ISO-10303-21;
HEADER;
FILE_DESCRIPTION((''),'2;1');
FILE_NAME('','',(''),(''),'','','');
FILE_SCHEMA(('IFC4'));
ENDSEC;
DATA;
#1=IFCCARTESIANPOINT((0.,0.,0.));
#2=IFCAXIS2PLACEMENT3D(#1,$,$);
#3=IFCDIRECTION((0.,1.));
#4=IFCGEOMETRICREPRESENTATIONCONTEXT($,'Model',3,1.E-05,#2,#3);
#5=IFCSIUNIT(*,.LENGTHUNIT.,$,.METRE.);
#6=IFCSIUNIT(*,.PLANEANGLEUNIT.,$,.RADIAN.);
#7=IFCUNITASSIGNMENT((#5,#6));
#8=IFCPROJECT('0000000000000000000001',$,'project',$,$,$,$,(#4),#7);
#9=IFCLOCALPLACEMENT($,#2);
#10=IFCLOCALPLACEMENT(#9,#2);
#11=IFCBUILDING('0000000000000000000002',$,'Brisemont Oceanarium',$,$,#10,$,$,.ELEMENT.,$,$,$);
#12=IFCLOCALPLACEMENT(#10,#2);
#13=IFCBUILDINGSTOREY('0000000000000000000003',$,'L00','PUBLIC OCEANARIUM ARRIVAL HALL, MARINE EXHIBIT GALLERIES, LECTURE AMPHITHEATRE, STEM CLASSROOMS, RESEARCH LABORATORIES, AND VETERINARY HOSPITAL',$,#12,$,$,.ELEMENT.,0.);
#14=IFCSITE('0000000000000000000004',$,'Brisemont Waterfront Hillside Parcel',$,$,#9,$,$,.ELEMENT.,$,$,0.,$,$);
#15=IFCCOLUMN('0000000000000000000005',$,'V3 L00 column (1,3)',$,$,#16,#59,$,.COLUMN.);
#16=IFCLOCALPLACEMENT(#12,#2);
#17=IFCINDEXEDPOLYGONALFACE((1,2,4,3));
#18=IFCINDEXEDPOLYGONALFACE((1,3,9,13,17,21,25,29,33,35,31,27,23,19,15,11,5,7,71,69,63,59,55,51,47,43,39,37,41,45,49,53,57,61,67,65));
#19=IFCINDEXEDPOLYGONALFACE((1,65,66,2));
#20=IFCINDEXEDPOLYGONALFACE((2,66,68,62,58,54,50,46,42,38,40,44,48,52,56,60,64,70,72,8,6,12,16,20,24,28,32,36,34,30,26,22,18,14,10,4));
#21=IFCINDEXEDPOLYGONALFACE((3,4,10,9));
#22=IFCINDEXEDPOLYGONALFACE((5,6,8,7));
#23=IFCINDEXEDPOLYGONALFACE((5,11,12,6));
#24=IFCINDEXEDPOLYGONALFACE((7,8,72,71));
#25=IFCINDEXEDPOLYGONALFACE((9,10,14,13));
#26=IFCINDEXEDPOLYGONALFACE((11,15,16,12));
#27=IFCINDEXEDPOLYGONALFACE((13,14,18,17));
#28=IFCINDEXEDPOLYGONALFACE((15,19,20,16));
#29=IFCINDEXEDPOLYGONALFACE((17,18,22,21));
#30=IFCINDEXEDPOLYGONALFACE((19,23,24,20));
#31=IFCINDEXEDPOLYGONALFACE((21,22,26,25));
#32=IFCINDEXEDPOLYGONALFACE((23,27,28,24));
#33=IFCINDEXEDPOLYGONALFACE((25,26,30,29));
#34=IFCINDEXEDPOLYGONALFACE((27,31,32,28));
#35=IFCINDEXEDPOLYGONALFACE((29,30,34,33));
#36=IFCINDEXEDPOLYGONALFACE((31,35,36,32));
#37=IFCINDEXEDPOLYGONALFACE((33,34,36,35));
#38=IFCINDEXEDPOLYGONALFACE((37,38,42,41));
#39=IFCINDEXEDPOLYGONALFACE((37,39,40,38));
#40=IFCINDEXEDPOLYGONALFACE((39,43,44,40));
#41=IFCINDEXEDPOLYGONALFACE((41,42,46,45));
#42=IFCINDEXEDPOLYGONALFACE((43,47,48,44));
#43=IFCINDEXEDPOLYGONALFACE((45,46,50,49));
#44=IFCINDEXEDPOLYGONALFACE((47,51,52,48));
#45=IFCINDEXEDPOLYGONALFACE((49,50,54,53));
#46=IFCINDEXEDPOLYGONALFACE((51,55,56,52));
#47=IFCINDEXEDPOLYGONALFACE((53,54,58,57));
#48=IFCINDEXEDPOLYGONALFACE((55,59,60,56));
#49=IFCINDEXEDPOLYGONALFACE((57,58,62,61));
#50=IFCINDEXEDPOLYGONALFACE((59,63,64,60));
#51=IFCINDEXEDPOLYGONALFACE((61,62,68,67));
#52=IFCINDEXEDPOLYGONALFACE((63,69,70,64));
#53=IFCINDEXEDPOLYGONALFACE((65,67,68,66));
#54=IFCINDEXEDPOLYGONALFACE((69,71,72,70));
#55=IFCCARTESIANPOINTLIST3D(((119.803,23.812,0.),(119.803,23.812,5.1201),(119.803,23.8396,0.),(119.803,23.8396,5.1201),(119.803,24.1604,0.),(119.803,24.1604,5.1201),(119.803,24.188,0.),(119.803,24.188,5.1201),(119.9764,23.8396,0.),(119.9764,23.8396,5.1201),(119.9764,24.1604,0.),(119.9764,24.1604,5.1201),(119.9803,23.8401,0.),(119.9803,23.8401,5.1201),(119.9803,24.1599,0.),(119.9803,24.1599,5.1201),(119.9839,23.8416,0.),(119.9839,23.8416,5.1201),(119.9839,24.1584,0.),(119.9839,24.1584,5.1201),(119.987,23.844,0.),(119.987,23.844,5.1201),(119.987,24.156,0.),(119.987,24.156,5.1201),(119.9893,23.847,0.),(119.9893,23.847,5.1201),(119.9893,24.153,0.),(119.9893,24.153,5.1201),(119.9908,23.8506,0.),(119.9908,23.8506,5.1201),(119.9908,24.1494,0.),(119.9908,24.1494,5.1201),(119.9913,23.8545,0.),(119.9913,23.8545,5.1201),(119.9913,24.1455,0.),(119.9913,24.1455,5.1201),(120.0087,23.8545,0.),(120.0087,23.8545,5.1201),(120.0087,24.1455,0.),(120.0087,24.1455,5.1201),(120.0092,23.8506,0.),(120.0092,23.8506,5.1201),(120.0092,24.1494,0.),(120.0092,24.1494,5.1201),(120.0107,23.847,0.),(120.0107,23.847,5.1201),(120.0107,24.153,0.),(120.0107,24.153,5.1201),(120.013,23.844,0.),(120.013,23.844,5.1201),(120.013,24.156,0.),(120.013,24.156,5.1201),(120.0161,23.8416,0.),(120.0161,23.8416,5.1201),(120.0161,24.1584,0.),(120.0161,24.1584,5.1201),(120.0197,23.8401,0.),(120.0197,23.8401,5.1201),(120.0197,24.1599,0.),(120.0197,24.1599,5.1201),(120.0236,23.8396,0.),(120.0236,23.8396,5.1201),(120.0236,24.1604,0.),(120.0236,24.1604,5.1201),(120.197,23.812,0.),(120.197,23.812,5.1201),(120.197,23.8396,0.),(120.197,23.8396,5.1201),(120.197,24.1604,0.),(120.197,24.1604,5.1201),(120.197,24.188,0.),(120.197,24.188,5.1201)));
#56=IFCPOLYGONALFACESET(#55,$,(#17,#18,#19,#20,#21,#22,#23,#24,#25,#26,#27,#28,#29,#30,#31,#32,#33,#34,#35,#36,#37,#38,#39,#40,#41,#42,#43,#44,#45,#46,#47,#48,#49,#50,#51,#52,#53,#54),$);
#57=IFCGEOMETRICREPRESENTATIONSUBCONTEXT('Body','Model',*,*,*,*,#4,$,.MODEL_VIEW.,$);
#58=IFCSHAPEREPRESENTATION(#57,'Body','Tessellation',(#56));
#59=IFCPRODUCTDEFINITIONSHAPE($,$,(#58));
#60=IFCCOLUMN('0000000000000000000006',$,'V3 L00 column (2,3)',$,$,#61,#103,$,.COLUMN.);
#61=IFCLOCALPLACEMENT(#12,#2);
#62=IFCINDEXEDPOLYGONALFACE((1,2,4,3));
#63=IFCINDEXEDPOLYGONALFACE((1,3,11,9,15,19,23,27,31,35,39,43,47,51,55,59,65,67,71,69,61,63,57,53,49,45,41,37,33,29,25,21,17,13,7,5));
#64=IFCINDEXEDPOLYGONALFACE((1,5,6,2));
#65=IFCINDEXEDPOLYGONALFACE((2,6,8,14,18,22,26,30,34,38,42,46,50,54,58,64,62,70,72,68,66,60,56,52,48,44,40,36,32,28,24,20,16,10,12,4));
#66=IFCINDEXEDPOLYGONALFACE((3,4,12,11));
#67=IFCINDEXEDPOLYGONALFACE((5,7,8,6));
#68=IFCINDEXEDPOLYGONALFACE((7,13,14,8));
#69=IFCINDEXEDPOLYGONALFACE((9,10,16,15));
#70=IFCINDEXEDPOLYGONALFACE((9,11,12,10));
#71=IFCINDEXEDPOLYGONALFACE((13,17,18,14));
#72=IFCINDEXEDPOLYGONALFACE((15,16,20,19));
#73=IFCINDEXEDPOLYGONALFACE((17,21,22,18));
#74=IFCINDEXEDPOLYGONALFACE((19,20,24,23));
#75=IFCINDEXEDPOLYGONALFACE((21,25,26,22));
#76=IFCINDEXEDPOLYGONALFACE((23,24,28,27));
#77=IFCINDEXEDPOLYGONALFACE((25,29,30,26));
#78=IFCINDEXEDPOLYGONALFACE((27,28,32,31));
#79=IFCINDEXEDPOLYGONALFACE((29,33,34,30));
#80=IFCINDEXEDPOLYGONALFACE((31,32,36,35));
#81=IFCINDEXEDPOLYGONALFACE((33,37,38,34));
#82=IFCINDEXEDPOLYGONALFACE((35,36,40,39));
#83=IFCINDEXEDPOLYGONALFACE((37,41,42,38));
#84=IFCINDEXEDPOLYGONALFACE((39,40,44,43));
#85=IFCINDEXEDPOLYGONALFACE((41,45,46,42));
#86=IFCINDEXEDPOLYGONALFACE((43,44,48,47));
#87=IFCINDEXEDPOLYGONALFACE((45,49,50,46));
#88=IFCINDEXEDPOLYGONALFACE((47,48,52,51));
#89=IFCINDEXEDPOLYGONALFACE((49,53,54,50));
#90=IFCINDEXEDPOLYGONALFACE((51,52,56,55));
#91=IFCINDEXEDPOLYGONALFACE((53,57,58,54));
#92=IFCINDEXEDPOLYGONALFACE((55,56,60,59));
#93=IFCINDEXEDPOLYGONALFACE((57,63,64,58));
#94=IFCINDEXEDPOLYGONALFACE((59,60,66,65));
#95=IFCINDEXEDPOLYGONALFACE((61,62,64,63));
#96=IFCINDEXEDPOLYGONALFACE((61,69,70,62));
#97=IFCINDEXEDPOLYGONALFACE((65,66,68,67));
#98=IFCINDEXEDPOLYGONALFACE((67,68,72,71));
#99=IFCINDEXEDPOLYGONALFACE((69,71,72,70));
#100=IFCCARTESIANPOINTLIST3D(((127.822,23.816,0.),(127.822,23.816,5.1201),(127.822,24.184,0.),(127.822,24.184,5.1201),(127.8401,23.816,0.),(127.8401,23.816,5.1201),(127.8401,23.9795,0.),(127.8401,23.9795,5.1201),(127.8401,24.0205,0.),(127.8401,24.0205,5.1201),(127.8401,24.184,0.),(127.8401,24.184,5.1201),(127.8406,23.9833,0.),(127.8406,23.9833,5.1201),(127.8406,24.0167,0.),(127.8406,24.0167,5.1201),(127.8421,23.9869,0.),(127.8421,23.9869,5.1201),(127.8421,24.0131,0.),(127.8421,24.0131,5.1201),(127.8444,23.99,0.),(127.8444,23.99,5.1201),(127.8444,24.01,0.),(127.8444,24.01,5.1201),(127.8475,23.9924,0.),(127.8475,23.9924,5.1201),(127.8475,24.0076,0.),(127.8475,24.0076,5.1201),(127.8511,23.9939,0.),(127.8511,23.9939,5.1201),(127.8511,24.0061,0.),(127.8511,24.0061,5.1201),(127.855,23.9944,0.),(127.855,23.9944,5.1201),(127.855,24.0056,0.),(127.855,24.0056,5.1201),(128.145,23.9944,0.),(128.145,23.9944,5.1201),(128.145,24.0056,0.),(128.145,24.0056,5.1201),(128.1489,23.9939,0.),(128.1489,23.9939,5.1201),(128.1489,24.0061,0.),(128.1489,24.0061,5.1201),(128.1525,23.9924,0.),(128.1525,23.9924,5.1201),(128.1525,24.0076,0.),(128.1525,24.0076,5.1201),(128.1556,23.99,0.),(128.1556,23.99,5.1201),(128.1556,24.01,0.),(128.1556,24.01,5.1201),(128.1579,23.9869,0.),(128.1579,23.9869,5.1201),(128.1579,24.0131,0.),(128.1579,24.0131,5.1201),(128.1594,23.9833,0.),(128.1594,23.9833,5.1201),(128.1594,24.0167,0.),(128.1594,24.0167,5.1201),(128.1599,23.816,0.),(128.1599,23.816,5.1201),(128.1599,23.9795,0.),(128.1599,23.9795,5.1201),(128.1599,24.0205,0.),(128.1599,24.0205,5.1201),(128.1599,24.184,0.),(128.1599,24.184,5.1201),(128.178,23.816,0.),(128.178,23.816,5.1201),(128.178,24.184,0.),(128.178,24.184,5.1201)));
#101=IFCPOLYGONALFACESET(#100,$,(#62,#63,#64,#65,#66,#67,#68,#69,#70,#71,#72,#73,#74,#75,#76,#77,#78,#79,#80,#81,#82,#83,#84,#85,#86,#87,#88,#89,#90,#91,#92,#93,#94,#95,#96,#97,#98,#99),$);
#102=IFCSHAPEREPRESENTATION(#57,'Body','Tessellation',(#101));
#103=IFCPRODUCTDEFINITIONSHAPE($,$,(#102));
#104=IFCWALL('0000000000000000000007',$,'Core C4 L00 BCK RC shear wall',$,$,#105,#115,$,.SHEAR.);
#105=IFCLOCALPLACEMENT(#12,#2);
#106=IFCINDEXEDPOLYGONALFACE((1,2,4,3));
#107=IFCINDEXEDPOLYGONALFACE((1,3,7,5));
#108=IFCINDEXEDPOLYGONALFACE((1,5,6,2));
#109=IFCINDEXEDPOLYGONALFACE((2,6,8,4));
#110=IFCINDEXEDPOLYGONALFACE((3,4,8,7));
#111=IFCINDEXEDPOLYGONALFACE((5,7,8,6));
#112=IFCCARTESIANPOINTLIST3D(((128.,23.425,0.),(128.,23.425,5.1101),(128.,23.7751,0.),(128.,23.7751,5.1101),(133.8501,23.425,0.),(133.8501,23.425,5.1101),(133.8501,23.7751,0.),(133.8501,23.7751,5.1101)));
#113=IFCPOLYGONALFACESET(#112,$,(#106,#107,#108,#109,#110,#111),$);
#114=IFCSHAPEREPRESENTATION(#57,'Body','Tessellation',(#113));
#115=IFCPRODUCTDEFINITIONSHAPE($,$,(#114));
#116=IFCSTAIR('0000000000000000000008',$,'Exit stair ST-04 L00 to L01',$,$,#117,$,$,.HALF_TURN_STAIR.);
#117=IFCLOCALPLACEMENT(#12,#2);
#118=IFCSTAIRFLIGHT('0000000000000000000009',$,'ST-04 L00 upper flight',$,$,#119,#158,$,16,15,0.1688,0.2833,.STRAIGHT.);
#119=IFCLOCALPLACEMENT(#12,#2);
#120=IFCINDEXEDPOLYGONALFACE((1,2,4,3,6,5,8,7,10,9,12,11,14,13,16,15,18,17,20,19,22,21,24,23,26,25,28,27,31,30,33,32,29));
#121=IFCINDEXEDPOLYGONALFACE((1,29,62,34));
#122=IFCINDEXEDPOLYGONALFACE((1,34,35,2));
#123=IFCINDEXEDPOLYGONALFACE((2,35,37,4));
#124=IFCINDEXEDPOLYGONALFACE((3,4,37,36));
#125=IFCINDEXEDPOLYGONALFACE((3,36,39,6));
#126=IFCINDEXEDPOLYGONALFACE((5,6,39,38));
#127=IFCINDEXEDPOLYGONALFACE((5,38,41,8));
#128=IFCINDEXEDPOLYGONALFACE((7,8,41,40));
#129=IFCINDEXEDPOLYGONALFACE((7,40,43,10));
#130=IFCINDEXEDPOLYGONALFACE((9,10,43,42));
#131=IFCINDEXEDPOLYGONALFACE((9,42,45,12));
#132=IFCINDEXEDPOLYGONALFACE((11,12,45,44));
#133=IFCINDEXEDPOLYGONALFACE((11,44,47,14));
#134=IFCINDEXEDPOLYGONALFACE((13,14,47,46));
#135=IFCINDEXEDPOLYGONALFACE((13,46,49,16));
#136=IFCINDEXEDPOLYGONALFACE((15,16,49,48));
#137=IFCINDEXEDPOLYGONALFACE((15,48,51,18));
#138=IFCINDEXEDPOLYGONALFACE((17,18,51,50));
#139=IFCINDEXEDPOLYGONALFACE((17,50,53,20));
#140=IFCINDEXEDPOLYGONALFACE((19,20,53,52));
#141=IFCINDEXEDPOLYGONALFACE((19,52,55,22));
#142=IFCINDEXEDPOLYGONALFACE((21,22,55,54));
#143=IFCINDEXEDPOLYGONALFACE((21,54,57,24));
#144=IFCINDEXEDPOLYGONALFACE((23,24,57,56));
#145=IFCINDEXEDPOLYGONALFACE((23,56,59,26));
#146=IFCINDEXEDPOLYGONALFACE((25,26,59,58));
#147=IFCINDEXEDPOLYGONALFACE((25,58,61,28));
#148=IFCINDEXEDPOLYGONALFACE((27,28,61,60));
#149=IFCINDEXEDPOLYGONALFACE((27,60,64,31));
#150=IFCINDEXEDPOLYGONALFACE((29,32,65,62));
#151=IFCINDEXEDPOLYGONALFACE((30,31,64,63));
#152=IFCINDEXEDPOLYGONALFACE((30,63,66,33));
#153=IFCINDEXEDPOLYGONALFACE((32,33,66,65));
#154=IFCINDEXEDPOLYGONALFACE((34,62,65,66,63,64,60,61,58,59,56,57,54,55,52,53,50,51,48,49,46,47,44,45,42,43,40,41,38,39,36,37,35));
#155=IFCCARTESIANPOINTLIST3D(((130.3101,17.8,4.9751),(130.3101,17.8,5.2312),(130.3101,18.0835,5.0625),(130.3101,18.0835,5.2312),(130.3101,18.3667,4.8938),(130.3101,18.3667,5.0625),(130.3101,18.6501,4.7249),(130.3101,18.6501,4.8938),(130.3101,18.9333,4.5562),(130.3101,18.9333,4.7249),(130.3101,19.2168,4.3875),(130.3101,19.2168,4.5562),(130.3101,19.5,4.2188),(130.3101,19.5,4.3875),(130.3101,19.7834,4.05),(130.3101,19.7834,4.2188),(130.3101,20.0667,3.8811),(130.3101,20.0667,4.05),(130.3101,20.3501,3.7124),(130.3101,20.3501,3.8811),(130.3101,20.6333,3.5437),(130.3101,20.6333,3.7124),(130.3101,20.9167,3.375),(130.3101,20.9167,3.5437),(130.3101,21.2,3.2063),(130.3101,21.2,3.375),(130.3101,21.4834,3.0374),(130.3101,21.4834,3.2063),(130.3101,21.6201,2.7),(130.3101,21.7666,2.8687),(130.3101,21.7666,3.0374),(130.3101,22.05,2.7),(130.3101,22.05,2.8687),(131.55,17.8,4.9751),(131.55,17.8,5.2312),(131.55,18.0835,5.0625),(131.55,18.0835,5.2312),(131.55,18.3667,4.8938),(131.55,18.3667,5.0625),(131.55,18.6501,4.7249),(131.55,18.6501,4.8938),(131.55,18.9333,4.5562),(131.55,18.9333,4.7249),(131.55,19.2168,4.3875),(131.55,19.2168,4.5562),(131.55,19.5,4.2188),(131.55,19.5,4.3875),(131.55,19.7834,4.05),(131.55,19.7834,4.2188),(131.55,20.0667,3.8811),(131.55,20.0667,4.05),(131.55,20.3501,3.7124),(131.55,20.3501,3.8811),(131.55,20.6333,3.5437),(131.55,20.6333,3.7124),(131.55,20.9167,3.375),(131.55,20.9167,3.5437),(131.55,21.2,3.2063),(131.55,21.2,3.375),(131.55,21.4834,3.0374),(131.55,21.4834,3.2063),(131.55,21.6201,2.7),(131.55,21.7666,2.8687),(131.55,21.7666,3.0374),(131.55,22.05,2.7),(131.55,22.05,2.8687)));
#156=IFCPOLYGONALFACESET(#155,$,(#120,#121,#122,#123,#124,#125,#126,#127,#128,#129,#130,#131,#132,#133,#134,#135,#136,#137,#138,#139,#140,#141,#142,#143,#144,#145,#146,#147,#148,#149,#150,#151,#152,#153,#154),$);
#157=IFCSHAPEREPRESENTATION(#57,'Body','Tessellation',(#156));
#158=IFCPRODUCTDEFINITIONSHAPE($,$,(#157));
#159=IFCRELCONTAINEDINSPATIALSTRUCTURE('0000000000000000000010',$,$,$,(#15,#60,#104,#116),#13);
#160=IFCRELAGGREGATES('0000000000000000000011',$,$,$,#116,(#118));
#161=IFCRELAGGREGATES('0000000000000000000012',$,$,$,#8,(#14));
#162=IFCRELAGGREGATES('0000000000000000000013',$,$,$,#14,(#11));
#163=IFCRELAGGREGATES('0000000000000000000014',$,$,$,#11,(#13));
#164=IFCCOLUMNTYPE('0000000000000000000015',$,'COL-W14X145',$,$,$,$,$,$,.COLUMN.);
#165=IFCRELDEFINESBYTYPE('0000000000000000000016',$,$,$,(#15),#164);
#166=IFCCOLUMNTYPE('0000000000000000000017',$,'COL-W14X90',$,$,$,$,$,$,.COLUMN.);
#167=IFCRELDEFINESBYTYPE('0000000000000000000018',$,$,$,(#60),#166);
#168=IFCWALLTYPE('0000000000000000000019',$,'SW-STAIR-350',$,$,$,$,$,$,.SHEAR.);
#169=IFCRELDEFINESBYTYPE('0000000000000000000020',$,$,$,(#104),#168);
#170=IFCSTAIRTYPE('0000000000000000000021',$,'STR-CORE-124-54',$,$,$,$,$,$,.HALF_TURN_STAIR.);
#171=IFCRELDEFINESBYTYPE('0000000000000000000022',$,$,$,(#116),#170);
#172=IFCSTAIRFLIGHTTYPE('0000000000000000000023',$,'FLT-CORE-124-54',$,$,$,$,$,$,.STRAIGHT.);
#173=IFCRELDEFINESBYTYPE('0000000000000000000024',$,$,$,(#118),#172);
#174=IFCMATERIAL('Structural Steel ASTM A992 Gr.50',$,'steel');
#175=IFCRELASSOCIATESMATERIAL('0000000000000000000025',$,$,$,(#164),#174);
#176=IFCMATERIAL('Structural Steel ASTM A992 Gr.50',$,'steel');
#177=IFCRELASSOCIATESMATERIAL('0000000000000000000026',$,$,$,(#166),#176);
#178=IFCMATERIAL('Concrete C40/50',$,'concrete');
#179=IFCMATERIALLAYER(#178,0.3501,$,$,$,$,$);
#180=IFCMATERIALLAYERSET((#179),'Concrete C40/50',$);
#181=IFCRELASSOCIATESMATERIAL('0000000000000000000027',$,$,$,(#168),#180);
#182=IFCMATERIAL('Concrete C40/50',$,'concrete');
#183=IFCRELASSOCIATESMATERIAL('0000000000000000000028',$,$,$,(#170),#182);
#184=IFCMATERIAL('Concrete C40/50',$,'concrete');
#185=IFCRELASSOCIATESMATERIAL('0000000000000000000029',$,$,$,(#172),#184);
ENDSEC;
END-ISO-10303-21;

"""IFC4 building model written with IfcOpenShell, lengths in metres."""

from ifc_helpers import new_model, si_unit, direction, frame, frame_2d, origin, origin_2d, place, context, subcontext, project, spatial, polyline, rectangle, i_section, outline, extrude, material, layer, layer_set, material_profile, profile_set, type_object, element, aggregate, save


model = new_model("IFC4")

# Units and contexts
model_context = context("Model", 3, precision=1e-05, world=origin(), true_north=direction((0.0, 1.0)))
body_context = subcontext(model_context, "Body", "Model", "MODEL_VIEW")
ifc_project = project(units=[si_unit("LENGTHUNIT", "METRE"), si_unit("PLANEANGLEUNIT", "RADIAN")], contexts=[model_context])

# Site, building, storey
site_placement = place(None, origin())
site = spatial("IfcSite", under=ifc_project, at=site_placement, Name="Brisemont Waterfront Hillside Parcel", CompositionType="ELEMENT", RefElevation=0.0)
building_placement = place(site_placement, origin())
building = spatial("IfcBuilding", under=site, at=building_placement, Name="Brisemont Oceanarium", CompositionType="ELEMENT")
storey_placement = place(building_placement, origin())
storey = spatial("IfcBuildingStorey", under=building, at=storey_placement, Name="L00", Description="PUBLIC OCEANARIUM ARRIVAL HALL, MARINE EXHIBIT GALLERIES, LECTURE AMPHITHEATRE, STEM CLASSROOMS, RESEARCH LABORATORIES, AND VETERINARY HOSPITAL", CompositionType="ELEMENT", Elevation=0.0)

# Columns
ifc_material_1 = material(Name="Structural Steel ASTM A992 Gr.50", Category="steel")
ifc_material_profile_1 = material_profile(ifc_material_1, i_section(OverallWidth=0.394, OverallDepth=0.376, WebThickness=0.0173, FlangeThickness=0.0276, FilletRadius=0.0149, at=origin_2d()), Name="W14X145")
ifc_profile_set_1 = profile_set([ifc_material_profile_1], Name="Structural Steel ASTM A992 Gr.50")
column_type_1 = type_object("IfcColumnType", Name="COL-W14X145", PredefinedType="COLUMN", material=ifc_profile_set_1)
column_1_placement = place(storey_placement, frame((120.0, 24.0, 0.0), z_axis=(0.0, 0.0, 1.0), x_axis=(1.0, 0.0, 0.0)))
element("IfcColumn", 1, at=column_1_placement, inside=storey, type_object=column_type_1, Name="V3 L00 column (1,3)", PredefinedType="COLUMN", context=body_context, shape_type="SweptSolid", body=[
    extrude(i_section(OverallWidth=0.394, OverallDepth=0.376, WebThickness=0.0173, FlangeThickness=0.0276, FilletRadius=0.0149, at=origin_2d()), origin(), (0.0, 0.0, 1.0), 5.1201),
])
ifc_material_2 = material(Name="Structural Steel ASTM A992 Gr.50", Category="steel")
ifc_material_profile_2 = material_profile(ifc_material_2, i_section(OverallWidth=0.3679, OverallDepth=0.356, WebThickness=0.0112, FlangeThickness=0.0181, FilletRadius=0.0149, at=origin_2d()), Name="W14X90")
ifc_profile_set_2 = profile_set([ifc_material_profile_2], Name="Structural Steel ASTM A992 Gr.50")
column_type_2 = type_object("IfcColumnType", Name="COL-W14X90", PredefinedType="COLUMN", material=ifc_profile_set_2)
column_2_placement = place(storey_placement, frame((128.0, 24.0, 0.0), z_axis=(0.0, 0.0, 1.0), x_axis=(0.0, 1.0, 0.0)))
element("IfcColumn", 2, at=column_2_placement, inside=storey, type_object=column_type_2, Name="V3 L00 column (2,3)", PredefinedType="COLUMN", context=body_context, shape_type="SweptSolid", body=[
    extrude(i_section(OverallWidth=0.3679, OverallDepth=0.356, WebThickness=0.0112, FlangeThickness=0.0181, FilletRadius=0.0149, at=origin_2d()), origin(), (0.0, 0.0, 1.0), 5.1201),
])

# Wall
ifc_material_3 = material(Name="Concrete C40/50", Category="concrete")
ifc_layer_1 = layer(ifc_material_3, 0.3501)
ifc_layer_set_1 = layer_set([ifc_layer_1], Name="Concrete C40/50")
wall_type_1 = type_object("IfcWallType", Name="SW-STAIR-350", PredefinedType="SHEAR", material=ifc_layer_set_1)
wall_1_placement = place(storey_placement, frame((128.0, 23.6001, 0.0), z_axis=(0.0, 0.0, 1.0), x_axis=(1.0, 0.0, 0.0)))
element("IfcWall", 3, at=wall_1_placement, inside=storey, type_object=wall_type_1, Name="Core C4 L00 BCK RC shear wall", PredefinedType="SHEAR", context=body_context, shape_type="SweptSolid", body=[
    extrude(rectangle(XDim=5.8501, YDim=0.3501, at=frame_2d((2.925, 0.0))), origin(), (0.0, 0.0, 1.0), 5.1101),
])

# Stair, stair flight
ifc_material_4 = material(Name="Concrete C40/50", Category="concrete")
stair_type = type_object("IfcStairType", Name="STR-CORE-124-54", PredefinedType="HALF_TURN_STAIR", material=ifc_material_4)
stair_placement = place(storey_placement, origin())
stair = element("IfcStair", 4, at=stair_placement, inside=storey, type_object=stair_type, Name="Exit stair ST-04 L00 to L01", PredefinedType="HALF_TURN_STAIR")
ifc_material_5 = material(Name="Concrete C40/50", Category="concrete")
stair_flight_type = type_object("IfcStairFlightType", Name="FLT-CORE-124-54", PredefinedType="STRAIGHT", material=ifc_material_5)
stair_flight_placement = place(storey_placement, frame((130.9299, 22.05, 2.7), z_axis=(0.0, 0.0, 1.0), x_axis=(0.0, -1.0, 0.0)))
stair_flight = element("IfcStairFlight", 5, at=stair_flight_placement, type_object=stair_flight_type, Name="ST-04 L00 upper flight", NumberOfRisers=16, NumberOfTreads=15, PredefinedType="STRAIGHT", RiserHeight=0.1688, TreadLength=0.2833, context=body_context, shape_type="SweptSolid", body=[
    extrude(outline(polyline([(0.0, 0.0), (0.0, 0.1687), (0.2834, 0.1687), (0.2834, 0.3374), (0.5667, 0.3374), (0.5667, 0.5063), (0.8501, 0.5063), (0.8501, 0.675), (1.1333, 0.675), (1.1333, 0.8438), (1.4167, 0.8438), (1.4167, 1.0125), (1.7, 1.0125), (1.7, 1.1812), (1.9834, 1.1812), (1.9834, 1.3501), (2.2666, 1.3501), (2.2666, 1.5188), (2.55, 1.5188), (2.55, 1.6875), (2.8333, 1.6875), (2.8333, 1.8562), (3.1167, 1.8562), (3.1167, 2.0249), (3.3999, 2.0249), (3.3999, 2.1938), (3.6833, 2.1938), (3.6833, 2.3625), (3.9666, 2.3625), (3.9666, 2.5312), (4.25, 2.5312), (4.25, 2.7), (4.25, 2.2751), (0.4299, 0.0), (0.0, 0.0)])), frame((0.0, 0.6201, 0.0), z_axis=(0.0, -1.0, 0.0), x_axis=(1.0, 0.0, 0.0)), (0.0, 0.0, 1.0), 1.24),
])
aggregate(stair, [stair_flight])

save(model, "model.ifc")
